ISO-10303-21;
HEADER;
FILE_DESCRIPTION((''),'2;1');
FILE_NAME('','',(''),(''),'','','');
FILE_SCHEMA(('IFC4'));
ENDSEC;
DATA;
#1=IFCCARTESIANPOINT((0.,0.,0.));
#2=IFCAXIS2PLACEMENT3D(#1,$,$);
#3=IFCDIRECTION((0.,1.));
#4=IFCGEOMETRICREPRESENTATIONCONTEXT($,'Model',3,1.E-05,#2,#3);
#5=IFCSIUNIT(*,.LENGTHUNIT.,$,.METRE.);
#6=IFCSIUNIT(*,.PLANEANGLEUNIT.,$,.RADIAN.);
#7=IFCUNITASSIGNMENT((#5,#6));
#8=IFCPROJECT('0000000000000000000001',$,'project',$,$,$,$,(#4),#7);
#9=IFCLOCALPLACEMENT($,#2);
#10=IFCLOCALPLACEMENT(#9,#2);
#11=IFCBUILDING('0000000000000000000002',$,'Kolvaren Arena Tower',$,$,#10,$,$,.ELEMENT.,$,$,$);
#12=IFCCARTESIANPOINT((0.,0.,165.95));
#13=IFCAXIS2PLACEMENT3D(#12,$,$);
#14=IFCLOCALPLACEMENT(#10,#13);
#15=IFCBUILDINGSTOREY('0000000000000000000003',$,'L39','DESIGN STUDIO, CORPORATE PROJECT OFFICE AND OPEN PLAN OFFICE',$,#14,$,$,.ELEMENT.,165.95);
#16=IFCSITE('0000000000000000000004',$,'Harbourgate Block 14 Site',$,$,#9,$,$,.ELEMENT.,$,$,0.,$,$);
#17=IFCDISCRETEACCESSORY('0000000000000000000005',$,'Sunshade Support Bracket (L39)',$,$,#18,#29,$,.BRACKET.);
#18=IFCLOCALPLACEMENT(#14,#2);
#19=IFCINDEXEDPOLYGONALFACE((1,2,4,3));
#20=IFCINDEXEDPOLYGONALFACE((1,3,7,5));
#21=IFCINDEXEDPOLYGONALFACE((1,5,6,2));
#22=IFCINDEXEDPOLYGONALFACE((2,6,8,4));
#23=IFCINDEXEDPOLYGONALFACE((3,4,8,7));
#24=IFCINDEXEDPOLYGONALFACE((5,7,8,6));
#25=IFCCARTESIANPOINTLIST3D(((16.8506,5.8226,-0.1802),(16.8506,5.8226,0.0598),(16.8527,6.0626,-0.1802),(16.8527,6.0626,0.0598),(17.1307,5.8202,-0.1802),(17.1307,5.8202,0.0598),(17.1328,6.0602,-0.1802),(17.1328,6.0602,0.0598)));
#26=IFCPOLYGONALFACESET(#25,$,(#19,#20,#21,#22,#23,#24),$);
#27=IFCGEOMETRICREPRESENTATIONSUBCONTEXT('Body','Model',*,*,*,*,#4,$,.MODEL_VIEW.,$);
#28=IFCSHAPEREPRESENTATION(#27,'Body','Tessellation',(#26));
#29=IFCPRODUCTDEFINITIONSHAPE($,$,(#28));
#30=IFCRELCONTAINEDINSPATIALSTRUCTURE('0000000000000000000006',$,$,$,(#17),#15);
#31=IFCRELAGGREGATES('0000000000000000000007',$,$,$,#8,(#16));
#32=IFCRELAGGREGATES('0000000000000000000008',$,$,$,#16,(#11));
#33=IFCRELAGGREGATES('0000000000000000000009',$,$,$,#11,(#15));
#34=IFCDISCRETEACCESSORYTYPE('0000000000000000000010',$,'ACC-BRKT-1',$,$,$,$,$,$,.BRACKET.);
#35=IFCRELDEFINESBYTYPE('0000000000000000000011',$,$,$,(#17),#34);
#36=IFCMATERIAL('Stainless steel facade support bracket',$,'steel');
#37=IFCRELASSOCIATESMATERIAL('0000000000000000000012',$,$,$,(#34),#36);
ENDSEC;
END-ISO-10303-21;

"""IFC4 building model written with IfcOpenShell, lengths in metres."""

from ifc_helpers import new_model, si_unit, direction, frame, origin, origin_2d, place, context, subcontext, project, spatial, rectangle, extrude, material, type_object, element, save


model = new_model("IFC4")

# Units and contexts
model_context = context("Model", 3, precision=1e-05, world=origin(), true_north=direction((0.0, 1.0)))
body_context = subcontext(model_context, "Body", "Model", "MODEL_VIEW")
ifc_project = project(units=[si_unit("LENGTHUNIT", "METRE"), si_unit("PLANEANGLEUNIT", "RADIAN")], contexts=[model_context])

# Site, building, storey
site_placement = place(None, origin())
site = spatial("IfcSite", under=ifc_project, at=site_placement, Name="Harbourgate Block 14 Site", CompositionType="ELEMENT", RefElevation=0.0)
building_placement = place(site_placement, origin())
building = spatial("IfcBuilding", under=site, at=building_placement, Name="Kolvaren Arena Tower", CompositionType="ELEMENT")
storey_placement = place(building_placement, frame((0.0, 0.0, 165.95)))
storey = spatial("IfcBuildingStorey", under=building, at=storey_placement, Name="L39", Description="DESIGN STUDIO, CORPORATE PROJECT OFFICE AND OPEN PLAN OFFICE", CompositionType="ELEMENT", Elevation=165.95)

# Discrete accessory
ifc_material_1 = material(Name="Stainless steel facade support bracket", Category="steel")
discrete_accessory_type = type_object("IfcDiscreteAccessoryType", Name="ACC-BRKT-1", PredefinedType="BRACKET", material=ifc_material_1)
for number, where, z_axis, x_axis, name in (
    (1, (16.9917, 5.9414, -0.1802), (0.0, 0.0, 1.0), (-0.999962, 0.008727, 0.0), "Sunshade Support Bracket (L39)"),
):
    element("IfcDiscreteAccessory", number, at=place(storey_placement, frame(where, z_axis=z_axis, x_axis=x_axis)), inside=storey, type_object=discrete_accessory_type, Name=name, PredefinedType="BRACKET", context=body_context, shape_type="SweptSolid", body=[
        extrude(rectangle(XDim=0.28, YDim=0.24, at=origin_2d()), origin(), (0.0, 0.0, 1.0), 0.24),
    ])

save(model, "model.ifc")
